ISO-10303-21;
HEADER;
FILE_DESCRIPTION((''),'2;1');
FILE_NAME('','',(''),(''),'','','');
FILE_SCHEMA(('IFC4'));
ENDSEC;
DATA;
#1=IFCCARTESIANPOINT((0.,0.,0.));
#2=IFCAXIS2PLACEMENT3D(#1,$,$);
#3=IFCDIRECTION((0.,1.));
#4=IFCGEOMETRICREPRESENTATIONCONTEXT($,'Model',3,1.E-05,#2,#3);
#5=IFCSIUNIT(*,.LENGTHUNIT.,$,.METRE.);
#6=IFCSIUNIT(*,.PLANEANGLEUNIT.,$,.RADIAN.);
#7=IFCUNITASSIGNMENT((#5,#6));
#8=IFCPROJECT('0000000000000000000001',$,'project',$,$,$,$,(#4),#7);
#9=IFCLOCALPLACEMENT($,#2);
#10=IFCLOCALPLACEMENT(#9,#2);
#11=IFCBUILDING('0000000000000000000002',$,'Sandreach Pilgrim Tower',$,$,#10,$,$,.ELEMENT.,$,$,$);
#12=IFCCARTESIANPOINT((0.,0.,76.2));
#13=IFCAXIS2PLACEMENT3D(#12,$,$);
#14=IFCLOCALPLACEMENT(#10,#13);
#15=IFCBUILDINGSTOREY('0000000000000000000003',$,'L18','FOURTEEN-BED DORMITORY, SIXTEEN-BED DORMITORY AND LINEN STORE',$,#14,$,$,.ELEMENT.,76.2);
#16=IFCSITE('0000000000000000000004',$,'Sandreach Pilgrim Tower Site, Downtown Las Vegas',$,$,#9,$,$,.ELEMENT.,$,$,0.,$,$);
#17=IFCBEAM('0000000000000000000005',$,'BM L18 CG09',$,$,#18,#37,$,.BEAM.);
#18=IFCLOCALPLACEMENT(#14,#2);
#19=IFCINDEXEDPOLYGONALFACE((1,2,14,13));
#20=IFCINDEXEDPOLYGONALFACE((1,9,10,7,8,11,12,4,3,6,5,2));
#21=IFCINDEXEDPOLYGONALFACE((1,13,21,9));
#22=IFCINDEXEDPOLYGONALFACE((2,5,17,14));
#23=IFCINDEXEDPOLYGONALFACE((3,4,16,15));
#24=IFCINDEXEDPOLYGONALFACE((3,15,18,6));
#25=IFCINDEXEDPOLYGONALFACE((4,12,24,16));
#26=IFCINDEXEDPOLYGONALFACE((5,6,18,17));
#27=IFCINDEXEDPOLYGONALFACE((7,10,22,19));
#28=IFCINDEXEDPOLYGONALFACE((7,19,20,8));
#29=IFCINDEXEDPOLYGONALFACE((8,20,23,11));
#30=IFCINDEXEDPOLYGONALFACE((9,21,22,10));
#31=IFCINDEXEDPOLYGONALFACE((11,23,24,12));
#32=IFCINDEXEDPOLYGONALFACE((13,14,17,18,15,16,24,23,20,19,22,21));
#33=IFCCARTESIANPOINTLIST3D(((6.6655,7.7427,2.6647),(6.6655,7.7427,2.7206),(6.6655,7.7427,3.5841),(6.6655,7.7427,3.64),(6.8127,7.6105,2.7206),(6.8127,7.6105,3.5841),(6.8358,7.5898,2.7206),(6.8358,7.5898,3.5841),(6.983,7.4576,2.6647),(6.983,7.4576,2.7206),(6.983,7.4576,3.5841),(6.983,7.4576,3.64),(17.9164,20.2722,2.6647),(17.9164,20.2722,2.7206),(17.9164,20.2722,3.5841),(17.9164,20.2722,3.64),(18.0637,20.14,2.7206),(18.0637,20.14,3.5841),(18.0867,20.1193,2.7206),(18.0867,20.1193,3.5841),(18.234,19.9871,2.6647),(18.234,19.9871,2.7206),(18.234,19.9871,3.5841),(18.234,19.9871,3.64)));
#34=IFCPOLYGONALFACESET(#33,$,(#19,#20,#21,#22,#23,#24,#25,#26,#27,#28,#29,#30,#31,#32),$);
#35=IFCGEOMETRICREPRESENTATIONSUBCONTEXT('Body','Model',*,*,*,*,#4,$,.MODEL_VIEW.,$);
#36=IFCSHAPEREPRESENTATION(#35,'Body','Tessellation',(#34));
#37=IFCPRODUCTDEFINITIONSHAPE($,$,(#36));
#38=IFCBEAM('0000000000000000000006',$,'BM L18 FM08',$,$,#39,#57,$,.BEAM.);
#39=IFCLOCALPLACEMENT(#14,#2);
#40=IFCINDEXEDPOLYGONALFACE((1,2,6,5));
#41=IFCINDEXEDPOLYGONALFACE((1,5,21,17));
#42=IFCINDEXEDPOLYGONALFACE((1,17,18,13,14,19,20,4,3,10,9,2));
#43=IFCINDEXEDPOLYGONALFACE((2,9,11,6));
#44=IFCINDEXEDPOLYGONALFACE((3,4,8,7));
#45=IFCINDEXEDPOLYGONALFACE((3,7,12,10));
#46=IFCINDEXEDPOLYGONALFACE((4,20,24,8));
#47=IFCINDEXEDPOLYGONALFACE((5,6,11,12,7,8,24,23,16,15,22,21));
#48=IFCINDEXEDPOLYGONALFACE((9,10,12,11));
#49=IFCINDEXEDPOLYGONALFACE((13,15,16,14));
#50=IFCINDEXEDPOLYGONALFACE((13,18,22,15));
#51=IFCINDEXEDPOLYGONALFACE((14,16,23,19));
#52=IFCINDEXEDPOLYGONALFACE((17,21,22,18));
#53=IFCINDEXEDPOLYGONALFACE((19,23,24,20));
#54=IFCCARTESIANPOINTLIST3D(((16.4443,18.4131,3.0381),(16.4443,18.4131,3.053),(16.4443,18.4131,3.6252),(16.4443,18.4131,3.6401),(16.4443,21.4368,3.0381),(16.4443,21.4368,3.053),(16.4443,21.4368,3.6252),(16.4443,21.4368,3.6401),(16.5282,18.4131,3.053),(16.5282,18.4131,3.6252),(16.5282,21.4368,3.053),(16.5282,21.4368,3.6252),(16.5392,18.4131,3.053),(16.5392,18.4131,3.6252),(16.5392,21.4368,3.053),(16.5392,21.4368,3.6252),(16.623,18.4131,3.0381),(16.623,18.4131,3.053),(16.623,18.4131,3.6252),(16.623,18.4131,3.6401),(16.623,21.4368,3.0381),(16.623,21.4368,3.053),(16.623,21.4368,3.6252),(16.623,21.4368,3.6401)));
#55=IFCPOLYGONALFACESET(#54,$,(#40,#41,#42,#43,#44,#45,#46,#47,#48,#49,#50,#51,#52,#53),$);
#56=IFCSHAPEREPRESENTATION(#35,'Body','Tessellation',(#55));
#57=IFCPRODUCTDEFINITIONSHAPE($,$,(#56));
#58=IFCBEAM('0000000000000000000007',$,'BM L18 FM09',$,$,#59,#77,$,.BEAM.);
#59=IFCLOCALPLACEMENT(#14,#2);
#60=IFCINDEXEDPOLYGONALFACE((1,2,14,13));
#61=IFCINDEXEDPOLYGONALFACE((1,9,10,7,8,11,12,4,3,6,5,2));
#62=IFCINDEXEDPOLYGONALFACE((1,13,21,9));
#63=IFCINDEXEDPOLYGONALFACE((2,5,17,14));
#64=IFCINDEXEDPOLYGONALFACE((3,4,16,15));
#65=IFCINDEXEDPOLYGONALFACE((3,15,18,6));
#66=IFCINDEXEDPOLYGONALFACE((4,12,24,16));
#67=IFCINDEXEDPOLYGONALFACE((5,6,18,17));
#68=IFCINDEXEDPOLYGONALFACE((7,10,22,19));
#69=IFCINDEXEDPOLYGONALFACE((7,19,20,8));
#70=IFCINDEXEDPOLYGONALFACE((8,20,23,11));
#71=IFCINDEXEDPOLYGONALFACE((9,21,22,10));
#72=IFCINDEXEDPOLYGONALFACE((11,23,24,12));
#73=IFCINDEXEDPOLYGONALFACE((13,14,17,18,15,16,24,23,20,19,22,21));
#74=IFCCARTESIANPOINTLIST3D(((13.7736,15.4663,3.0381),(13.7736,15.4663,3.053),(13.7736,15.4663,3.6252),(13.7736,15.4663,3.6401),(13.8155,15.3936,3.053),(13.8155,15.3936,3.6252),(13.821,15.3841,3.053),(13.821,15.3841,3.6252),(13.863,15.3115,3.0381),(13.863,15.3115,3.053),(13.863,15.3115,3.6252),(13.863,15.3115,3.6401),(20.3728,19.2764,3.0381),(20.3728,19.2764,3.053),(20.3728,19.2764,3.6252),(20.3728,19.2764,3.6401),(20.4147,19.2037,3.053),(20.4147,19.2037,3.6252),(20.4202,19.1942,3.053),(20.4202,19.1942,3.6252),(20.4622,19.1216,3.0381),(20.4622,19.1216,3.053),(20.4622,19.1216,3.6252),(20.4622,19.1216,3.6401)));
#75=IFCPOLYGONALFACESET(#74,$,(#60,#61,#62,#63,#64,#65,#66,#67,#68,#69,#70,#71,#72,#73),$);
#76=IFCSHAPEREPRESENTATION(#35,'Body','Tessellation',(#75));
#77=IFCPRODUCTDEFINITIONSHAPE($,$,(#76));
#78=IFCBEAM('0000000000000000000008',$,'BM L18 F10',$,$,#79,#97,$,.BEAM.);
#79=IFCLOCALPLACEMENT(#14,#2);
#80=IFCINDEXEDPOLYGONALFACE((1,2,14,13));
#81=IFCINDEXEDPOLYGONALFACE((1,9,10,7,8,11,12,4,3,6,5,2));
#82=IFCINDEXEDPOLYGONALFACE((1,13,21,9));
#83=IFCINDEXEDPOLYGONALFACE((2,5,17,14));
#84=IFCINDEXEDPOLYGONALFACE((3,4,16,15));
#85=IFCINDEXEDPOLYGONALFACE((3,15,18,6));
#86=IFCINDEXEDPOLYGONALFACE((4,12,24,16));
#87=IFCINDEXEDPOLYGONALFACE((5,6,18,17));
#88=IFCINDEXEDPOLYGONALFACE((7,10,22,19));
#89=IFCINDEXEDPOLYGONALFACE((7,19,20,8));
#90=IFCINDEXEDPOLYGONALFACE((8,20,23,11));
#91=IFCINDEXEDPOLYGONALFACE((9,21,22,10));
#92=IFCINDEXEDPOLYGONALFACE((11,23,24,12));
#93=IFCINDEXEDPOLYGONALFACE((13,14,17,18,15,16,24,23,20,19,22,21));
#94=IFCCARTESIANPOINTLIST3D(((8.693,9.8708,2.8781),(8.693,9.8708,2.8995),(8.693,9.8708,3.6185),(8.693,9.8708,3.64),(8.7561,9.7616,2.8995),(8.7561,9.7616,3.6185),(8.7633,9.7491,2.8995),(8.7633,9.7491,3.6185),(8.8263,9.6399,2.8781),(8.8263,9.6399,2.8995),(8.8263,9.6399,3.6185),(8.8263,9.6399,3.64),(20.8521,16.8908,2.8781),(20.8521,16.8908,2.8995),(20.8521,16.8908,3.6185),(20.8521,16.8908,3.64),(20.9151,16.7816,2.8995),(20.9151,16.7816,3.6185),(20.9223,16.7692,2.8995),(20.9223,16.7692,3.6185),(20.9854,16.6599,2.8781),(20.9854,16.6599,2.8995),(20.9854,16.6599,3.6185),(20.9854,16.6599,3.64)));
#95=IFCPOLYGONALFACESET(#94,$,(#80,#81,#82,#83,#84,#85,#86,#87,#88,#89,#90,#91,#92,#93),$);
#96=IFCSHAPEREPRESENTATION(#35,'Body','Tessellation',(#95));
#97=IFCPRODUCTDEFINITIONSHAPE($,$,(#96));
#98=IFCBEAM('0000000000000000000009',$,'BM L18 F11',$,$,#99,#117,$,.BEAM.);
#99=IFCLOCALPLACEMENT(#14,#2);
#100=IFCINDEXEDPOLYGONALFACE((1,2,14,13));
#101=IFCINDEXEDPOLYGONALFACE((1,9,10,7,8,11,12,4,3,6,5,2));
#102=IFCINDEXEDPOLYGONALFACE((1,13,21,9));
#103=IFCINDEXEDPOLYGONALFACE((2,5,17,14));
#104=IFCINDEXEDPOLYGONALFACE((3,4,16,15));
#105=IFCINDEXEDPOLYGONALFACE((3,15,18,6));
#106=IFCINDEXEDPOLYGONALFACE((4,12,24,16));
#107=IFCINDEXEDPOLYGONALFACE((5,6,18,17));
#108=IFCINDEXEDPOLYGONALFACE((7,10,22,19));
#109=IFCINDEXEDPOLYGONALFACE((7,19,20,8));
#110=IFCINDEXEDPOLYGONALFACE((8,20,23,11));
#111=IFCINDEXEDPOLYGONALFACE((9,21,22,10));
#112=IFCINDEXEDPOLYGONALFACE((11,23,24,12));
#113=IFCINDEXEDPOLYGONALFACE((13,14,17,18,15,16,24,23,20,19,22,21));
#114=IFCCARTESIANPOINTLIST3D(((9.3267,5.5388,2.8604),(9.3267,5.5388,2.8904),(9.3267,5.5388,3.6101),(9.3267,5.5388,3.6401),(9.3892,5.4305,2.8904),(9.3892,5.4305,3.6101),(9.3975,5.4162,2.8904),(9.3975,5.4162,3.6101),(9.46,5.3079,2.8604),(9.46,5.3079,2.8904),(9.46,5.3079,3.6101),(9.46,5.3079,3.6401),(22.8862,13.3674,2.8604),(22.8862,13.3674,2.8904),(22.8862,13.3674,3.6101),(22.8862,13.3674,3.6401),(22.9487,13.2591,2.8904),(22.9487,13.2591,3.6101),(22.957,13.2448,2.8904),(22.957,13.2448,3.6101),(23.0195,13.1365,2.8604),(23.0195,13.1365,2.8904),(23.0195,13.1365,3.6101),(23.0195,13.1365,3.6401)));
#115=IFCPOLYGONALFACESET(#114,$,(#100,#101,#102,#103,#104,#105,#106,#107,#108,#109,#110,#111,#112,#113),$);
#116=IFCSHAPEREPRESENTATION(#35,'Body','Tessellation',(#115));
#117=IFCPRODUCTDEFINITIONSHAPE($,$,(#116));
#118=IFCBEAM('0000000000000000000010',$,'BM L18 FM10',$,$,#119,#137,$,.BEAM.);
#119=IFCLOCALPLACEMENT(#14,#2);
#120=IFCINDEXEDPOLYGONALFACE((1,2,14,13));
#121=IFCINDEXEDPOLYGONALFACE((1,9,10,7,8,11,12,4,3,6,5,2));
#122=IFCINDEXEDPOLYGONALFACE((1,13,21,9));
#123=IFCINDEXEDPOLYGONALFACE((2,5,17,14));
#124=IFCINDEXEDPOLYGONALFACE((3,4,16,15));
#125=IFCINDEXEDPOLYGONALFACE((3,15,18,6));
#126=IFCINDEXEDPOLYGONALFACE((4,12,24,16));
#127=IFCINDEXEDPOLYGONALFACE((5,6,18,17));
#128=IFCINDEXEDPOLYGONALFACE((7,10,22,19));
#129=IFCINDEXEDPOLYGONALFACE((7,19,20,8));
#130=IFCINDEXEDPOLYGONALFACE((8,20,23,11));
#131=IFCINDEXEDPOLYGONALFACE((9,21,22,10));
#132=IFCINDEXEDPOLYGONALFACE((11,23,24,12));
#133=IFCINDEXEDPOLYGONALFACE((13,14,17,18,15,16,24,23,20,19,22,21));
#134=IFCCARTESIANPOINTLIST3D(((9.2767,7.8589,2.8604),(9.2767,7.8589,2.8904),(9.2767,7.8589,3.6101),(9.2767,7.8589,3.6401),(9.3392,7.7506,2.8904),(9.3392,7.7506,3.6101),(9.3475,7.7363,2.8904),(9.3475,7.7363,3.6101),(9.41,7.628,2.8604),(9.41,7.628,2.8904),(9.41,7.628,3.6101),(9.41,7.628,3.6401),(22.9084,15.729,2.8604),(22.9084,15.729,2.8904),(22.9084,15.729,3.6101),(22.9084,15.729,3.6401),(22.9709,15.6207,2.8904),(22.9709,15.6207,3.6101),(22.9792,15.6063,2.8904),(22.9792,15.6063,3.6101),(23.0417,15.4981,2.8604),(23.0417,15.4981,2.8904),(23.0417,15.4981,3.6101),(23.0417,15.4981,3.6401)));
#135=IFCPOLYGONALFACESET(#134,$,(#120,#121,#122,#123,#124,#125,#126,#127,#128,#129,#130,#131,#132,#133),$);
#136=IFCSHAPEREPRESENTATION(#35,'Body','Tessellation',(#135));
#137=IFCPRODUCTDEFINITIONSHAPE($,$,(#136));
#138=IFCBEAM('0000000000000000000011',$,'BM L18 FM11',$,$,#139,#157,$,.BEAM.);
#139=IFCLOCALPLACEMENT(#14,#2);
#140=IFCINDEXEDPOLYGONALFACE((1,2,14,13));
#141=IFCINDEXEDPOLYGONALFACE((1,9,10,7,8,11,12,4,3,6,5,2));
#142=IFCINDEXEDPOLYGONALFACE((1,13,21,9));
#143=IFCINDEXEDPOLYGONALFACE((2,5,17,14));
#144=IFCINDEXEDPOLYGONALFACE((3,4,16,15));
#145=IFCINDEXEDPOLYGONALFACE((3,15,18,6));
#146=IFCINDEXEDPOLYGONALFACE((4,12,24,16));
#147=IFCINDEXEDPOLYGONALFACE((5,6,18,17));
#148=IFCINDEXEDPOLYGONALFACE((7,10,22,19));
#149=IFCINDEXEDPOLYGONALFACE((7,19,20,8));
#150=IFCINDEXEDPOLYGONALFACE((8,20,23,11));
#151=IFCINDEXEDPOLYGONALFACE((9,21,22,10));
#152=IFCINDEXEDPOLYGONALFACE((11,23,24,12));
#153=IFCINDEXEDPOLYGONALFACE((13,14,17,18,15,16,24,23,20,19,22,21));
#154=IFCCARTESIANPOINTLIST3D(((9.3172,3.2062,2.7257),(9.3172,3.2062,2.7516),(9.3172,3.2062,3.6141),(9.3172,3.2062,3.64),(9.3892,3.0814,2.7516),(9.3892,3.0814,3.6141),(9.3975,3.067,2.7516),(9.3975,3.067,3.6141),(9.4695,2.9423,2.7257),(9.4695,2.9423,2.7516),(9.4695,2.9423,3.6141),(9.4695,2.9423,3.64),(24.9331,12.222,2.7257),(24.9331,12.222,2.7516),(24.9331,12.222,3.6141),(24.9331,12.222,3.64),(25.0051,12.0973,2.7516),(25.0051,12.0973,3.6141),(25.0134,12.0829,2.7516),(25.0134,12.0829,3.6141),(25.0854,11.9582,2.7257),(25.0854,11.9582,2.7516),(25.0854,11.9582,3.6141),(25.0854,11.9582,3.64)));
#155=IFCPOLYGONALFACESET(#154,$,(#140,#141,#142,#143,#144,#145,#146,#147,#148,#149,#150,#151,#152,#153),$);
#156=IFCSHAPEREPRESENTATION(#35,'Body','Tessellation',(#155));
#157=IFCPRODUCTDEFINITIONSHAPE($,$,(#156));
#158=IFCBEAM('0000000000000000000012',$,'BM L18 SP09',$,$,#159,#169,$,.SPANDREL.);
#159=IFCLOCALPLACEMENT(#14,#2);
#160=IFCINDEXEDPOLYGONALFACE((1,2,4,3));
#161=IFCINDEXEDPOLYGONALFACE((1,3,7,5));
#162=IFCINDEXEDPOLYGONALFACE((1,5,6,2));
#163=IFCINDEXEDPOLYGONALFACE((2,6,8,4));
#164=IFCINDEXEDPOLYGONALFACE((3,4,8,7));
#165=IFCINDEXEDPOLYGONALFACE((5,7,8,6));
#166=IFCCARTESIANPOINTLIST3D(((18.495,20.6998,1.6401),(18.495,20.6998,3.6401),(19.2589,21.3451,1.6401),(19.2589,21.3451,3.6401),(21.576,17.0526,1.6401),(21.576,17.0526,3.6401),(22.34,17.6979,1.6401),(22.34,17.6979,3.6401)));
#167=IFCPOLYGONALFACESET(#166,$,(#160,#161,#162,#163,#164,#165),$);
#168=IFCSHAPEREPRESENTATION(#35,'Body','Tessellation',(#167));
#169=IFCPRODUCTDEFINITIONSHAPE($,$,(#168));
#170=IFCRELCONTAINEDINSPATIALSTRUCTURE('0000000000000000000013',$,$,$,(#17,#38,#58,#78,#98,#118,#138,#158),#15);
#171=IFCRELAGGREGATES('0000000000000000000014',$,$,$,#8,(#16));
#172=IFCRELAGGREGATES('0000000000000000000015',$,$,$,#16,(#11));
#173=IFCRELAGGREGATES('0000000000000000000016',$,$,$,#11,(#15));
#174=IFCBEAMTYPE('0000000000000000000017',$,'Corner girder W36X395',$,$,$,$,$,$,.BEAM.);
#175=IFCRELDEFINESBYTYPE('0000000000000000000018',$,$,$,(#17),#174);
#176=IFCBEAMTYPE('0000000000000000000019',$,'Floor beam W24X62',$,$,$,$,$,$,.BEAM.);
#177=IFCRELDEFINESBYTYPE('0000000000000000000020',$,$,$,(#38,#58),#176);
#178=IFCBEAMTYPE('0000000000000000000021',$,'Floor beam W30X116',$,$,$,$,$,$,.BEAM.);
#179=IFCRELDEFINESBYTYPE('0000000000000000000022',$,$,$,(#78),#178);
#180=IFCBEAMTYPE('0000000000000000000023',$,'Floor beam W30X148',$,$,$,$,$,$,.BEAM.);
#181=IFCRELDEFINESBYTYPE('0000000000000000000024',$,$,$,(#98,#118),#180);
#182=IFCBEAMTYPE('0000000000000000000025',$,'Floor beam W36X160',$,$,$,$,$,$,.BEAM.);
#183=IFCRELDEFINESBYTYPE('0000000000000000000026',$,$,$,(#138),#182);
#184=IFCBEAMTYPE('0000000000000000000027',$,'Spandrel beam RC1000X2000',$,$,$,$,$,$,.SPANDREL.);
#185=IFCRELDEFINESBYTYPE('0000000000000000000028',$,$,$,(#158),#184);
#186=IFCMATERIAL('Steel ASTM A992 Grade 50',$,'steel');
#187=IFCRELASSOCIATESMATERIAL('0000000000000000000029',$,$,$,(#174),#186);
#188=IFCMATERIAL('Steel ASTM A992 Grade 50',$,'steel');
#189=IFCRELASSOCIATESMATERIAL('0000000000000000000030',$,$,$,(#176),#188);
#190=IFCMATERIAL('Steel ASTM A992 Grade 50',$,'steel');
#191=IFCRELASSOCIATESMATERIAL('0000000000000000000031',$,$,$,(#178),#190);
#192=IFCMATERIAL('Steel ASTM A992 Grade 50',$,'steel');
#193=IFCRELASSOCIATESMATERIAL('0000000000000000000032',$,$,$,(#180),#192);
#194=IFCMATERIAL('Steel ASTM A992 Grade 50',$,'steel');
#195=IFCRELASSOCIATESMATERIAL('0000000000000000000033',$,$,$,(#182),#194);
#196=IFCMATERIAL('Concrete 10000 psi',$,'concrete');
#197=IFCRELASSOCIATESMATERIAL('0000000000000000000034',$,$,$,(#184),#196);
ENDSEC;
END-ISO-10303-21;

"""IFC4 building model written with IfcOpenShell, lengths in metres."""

from ifc_helpers import new_model, si_unit, direction, frame, origin, origin_2d, place, context, subcontext, project, spatial, rectangle, i_section, extrude, material, material_profile, profile_set, type_object, element, save


model = new_model("IFC4")

# Units and contexts
model_context = context("Model", 3, precision=1e-05, world=origin(), true_north=direction((0.0, 1.0)))
body_context = subcontext(model_context, "Body", "Model", "MODEL_VIEW")
ifc_project = project(units=[si_unit("LENGTHUNIT", "METRE"), si_unit("PLANEANGLEUNIT", "RADIAN")], contexts=[model_context])

# Site, building, storey
site_placement = place(None, origin())
site = spatial("IfcSite", under=ifc_project, at=site_placement, Name="Sandreach Pilgrim Tower Site, Downtown Las Vegas", CompositionType="ELEMENT", RefElevation=0.0)
building_placement = place(site_placement, origin())
building = spatial("IfcBuilding", under=site, at=building_placement, Name="Sandreach Pilgrim Tower", CompositionType="ELEMENT")
storey_placement = place(building_placement, frame((0.0, 0.0, 76.2)))
storey = spatial("IfcBuildingStorey", under=building, at=storey_placement, Name="L18", Description="FOURTEEN-BED DORMITORY, SIXTEEN-BED DORMITORY AND LINEN STORE", CompositionType="ELEMENT", Elevation=76.2)

# Beams
ifc_material_1 = material(Name="Steel ASTM A992 Grade 50", Category="steel")
ifc_material_profile_1 = material_profile(ifc_material_1, i_section(OverallWidth=0.4268, OverallDepth=0.9753, WebThickness=0.031, FlangeThickness=0.0559, at=origin_2d()), Name="W36X395")
ifc_profile_set_1 = profile_set([ifc_material_profile_1], Name="Steel ASTM A992 Grade 50")
beam_type_1 = type_object("IfcBeamType", Name="Corner girder W36X395", PredefinedType="BEAM", material=ifc_profile_set_1)
beam_1_placement = place(storey_placement, frame((18.0752, 20.1296, 3.1523), z_axis=(-0.668124, -0.74405, 0.0), x_axis=(0.74405, -0.668124, 0.0)))
element("IfcBeam", 1, at=beam_1_placement, inside=storey, type_object=beam_type_1, Name="BM L18 CG09", PredefinedType="BEAM", context=body_context, shape_type="SweptSolid", body=[
    extrude(i_section(OverallWidth=0.4268, OverallDepth=0.9753, WebThickness=0.031, FlangeThickness=0.0559, at=origin_2d()), origin(), (0.0, 0.0, 1.0), 16.8396),
])
ifc_material_2 = material(Name="Steel ASTM A992 Grade 50", Category="steel")
ifc_material_profile_2 = material_profile(ifc_material_2, i_section(OverallWidth=0.1787, OverallDepth=0.6021, WebThickness=0.011, FlangeThickness=0.0149, at=origin_2d()), Name="W24X62")
ifc_profile_set_2 = profile_set([ifc_material_profile_2], Name="Steel ASTM A992 Grade 50")
beam_type_2 = type_object("IfcBeamType", Name="Floor beam W24X62", PredefinedType="BEAM", material=ifc_profile_set_2)
beam_2_placement = place(storey_placement, frame((16.5337, 21.4368, 3.3391), z_axis=(0.0, -1.0, 0.0), x_axis=(1.0, 0.0, 0.0)))
element("IfcBeam", 2, at=beam_2_placement, inside=storey, type_object=beam_type_2, Name="BM L18 FM08", PredefinedType="BEAM", context=body_context, shape_type="SweptSolid", body=[
    extrude(i_section(OverallWidth=0.1787, OverallDepth=0.6021, WebThickness=0.011, FlangeThickness=0.0149, at=origin_2d()), origin(), (0.0, 0.0, 1.0), 3.0237),
])
beam_3_placement = place(storey_placement, frame((20.4175, 19.199, 3.3391), z_axis=(-0.866022, -0.500005, 0.0), x_axis=(0.500005, -0.866022, 0.0)))
element("IfcBeam", 3, at=beam_3_placement, inside=storey, type_object=beam_type_2, Name="BM L18 FM09", PredefinedType="BEAM", context=body_context, shape_type="SweptSolid", body=[
    extrude(i_section(OverallWidth=0.1787, OverallDepth=0.6021, WebThickness=0.011, FlangeThickness=0.0149, at=origin_2d()), origin(), (0.0, 0.0, 1.0), 7.6201),
])
ifc_material_3 = material(Name="Steel ASTM A992 Grade 50", Category="steel")
ifc_material_profile_3 = material_profile(ifc_material_3, i_section(OverallWidth=0.2666, OverallDepth=0.762, WebThickness=0.0144, FlangeThickness=0.0215, at=origin_2d()), Name="W30X116")
ifc_profile_set_3 = profile_set([ifc_material_profile_3], Name="Steel ASTM A992 Grade 50")
beam_type_3 = type_object("IfcBeamType", Name="Floor beam W30X116", PredefinedType="BEAM", material=ifc_profile_set_3)
beam_4_placement = place(storey_placement, frame((20.9187, 16.7754, 3.259), z_axis=(-0.866024, -0.500003, 0.0), x_axis=(0.500003, -0.866024, 0.0)))
element("IfcBeam", 4, at=beam_4_placement, inside=storey, type_object=beam_type_3, Name="BM L18 F10", PredefinedType="BEAM", context=body_context, shape_type="SweptSolid", body=[
    extrude(i_section(OverallWidth=0.2666, OverallDepth=0.762, WebThickness=0.0144, FlangeThickness=0.0215, at=origin_2d()), origin(), (0.0, 0.0, 1.0), 14.04),
])
ifc_material_4 = material(Name="Steel ASTM A992 Grade 50", Category="steel")
ifc_material_profile_4 = material_profile(ifc_material_4, i_section(OverallWidth=0.2666, OverallDepth=0.7798, WebThickness=0.0166, FlangeThickness=0.03, at=origin_2d()), Name="W30X148")
ifc_profile_set_4 = profile_set([ifc_material_profile_4], Name="Steel ASTM A992 Grade 50")
beam_type_4 = type_object("IfcBeamType", Name="Floor beam W30X148", PredefinedType="BEAM", material=ifc_profile_set_4)
beam_5_placement = place(storey_placement, frame((22.9529, 13.252, 3.2502), z_axis=(-0.866026, -0.5, 0.0), x_axis=(0.5, -0.866026, 0.0)))
element("IfcBeam", 5, at=beam_5_placement, inside=storey, type_object=beam_type_4, Name="BM L18 F11", PredefinedType="BEAM", context=body_context, shape_type="SweptSolid", body=[
    extrude(i_section(OverallWidth=0.2666, OverallDepth=0.7798, WebThickness=0.0166, FlangeThickness=0.03, at=origin_2d()), origin(), (0.0, 0.0, 1.0), 15.6572),
])
beam_6_placement = place(storey_placement, frame((22.9751, 15.6135, 3.2502), z_axis=(-0.866032, -0.499989, 0.0), x_axis=(0.499989, -0.866032, 0.0)))
element("IfcBeam", 6, at=beam_6_placement, inside=storey, type_object=beam_type_4, Name="BM L18 FM10", PredefinedType="BEAM", context=body_context, shape_type="SweptSolid", body=[
    extrude(i_section(OverallWidth=0.2666, OverallDepth=0.7798, WebThickness=0.0166, FlangeThickness=0.03, at=origin_2d()), origin(), (0.0, 0.0, 1.0), 15.7405),
])
ifc_material_5 = material(Name="Steel ASTM A992 Grade 50", Category="steel")
ifc_material_profile_5 = material_profile(ifc_material_5, i_section(OverallWidth=0.3047, OverallDepth=0.9143, WebThickness=0.0166, FlangeThickness=0.0259, at=origin_2d()), Name="W36X160")
ifc_profile_set_5 = profile_set([ifc_material_profile_5], Name="Steel ASTM A992 Grade 50")
beam_type_5 = type_object("IfcBeamType", Name="Floor beam W36X160", PredefinedType="BEAM", material=ifc_profile_set_5)
beam_7_placement = place(storey_placement, frame((25.0093, 12.0901, 3.1829), z_axis=(-0.866026, -0.499999, 0.0), x_axis=(0.499999, -0.866026, 0.0)))
element("IfcBeam", 7, at=beam_7_placement, inside=storey, type_object=beam_type_5, Name="BM L18 FM11", PredefinedType="BEAM", context=body_context, shape_type="SweptSolid", body=[
    extrude(i_section(OverallWidth=0.3047, OverallDepth=0.9143, WebThickness=0.0166, FlangeThickness=0.0259, at=origin_2d()), origin(), (0.0, 0.0, 1.0), 18.0317),
])
ifc_material_6 = material(Name="Concrete 10000 psi", Category="concrete")
ifc_material_profile_6 = material_profile(ifc_material_6, rectangle(XDim=1.0, YDim=2.0, at=origin_2d()), Name="RC1000X2000")
ifc_profile_set_6 = profile_set([ifc_material_profile_6], Name="Concrete 10000 psi")
beam_type_6 = type_object("IfcBeamType", Name="Spandrel beam RC1000X2000", PredefinedType="SPANDREL", material=ifc_profile_set_6)
beam_8_placement = place(storey_placement, frame((18.877, 21.0225, 2.6401), z_axis=(0.645325, -0.763908, 0.0), x_axis=(0.763908, 0.645325, 0.0)))
element("IfcBeam", 8, at=beam_8_placement, inside=storey, type_object=beam_type_6, Name="BM L18 SP09", PredefinedType="SPANDREL", context=body_context, shape_type="SweptSolid", body=[
    extrude(rectangle(XDim=1.0, YDim=2.0, at=origin_2d()), origin(), (0.0, 0.0, 1.0), 4.7744),
])

save(model, "model.ifc")
